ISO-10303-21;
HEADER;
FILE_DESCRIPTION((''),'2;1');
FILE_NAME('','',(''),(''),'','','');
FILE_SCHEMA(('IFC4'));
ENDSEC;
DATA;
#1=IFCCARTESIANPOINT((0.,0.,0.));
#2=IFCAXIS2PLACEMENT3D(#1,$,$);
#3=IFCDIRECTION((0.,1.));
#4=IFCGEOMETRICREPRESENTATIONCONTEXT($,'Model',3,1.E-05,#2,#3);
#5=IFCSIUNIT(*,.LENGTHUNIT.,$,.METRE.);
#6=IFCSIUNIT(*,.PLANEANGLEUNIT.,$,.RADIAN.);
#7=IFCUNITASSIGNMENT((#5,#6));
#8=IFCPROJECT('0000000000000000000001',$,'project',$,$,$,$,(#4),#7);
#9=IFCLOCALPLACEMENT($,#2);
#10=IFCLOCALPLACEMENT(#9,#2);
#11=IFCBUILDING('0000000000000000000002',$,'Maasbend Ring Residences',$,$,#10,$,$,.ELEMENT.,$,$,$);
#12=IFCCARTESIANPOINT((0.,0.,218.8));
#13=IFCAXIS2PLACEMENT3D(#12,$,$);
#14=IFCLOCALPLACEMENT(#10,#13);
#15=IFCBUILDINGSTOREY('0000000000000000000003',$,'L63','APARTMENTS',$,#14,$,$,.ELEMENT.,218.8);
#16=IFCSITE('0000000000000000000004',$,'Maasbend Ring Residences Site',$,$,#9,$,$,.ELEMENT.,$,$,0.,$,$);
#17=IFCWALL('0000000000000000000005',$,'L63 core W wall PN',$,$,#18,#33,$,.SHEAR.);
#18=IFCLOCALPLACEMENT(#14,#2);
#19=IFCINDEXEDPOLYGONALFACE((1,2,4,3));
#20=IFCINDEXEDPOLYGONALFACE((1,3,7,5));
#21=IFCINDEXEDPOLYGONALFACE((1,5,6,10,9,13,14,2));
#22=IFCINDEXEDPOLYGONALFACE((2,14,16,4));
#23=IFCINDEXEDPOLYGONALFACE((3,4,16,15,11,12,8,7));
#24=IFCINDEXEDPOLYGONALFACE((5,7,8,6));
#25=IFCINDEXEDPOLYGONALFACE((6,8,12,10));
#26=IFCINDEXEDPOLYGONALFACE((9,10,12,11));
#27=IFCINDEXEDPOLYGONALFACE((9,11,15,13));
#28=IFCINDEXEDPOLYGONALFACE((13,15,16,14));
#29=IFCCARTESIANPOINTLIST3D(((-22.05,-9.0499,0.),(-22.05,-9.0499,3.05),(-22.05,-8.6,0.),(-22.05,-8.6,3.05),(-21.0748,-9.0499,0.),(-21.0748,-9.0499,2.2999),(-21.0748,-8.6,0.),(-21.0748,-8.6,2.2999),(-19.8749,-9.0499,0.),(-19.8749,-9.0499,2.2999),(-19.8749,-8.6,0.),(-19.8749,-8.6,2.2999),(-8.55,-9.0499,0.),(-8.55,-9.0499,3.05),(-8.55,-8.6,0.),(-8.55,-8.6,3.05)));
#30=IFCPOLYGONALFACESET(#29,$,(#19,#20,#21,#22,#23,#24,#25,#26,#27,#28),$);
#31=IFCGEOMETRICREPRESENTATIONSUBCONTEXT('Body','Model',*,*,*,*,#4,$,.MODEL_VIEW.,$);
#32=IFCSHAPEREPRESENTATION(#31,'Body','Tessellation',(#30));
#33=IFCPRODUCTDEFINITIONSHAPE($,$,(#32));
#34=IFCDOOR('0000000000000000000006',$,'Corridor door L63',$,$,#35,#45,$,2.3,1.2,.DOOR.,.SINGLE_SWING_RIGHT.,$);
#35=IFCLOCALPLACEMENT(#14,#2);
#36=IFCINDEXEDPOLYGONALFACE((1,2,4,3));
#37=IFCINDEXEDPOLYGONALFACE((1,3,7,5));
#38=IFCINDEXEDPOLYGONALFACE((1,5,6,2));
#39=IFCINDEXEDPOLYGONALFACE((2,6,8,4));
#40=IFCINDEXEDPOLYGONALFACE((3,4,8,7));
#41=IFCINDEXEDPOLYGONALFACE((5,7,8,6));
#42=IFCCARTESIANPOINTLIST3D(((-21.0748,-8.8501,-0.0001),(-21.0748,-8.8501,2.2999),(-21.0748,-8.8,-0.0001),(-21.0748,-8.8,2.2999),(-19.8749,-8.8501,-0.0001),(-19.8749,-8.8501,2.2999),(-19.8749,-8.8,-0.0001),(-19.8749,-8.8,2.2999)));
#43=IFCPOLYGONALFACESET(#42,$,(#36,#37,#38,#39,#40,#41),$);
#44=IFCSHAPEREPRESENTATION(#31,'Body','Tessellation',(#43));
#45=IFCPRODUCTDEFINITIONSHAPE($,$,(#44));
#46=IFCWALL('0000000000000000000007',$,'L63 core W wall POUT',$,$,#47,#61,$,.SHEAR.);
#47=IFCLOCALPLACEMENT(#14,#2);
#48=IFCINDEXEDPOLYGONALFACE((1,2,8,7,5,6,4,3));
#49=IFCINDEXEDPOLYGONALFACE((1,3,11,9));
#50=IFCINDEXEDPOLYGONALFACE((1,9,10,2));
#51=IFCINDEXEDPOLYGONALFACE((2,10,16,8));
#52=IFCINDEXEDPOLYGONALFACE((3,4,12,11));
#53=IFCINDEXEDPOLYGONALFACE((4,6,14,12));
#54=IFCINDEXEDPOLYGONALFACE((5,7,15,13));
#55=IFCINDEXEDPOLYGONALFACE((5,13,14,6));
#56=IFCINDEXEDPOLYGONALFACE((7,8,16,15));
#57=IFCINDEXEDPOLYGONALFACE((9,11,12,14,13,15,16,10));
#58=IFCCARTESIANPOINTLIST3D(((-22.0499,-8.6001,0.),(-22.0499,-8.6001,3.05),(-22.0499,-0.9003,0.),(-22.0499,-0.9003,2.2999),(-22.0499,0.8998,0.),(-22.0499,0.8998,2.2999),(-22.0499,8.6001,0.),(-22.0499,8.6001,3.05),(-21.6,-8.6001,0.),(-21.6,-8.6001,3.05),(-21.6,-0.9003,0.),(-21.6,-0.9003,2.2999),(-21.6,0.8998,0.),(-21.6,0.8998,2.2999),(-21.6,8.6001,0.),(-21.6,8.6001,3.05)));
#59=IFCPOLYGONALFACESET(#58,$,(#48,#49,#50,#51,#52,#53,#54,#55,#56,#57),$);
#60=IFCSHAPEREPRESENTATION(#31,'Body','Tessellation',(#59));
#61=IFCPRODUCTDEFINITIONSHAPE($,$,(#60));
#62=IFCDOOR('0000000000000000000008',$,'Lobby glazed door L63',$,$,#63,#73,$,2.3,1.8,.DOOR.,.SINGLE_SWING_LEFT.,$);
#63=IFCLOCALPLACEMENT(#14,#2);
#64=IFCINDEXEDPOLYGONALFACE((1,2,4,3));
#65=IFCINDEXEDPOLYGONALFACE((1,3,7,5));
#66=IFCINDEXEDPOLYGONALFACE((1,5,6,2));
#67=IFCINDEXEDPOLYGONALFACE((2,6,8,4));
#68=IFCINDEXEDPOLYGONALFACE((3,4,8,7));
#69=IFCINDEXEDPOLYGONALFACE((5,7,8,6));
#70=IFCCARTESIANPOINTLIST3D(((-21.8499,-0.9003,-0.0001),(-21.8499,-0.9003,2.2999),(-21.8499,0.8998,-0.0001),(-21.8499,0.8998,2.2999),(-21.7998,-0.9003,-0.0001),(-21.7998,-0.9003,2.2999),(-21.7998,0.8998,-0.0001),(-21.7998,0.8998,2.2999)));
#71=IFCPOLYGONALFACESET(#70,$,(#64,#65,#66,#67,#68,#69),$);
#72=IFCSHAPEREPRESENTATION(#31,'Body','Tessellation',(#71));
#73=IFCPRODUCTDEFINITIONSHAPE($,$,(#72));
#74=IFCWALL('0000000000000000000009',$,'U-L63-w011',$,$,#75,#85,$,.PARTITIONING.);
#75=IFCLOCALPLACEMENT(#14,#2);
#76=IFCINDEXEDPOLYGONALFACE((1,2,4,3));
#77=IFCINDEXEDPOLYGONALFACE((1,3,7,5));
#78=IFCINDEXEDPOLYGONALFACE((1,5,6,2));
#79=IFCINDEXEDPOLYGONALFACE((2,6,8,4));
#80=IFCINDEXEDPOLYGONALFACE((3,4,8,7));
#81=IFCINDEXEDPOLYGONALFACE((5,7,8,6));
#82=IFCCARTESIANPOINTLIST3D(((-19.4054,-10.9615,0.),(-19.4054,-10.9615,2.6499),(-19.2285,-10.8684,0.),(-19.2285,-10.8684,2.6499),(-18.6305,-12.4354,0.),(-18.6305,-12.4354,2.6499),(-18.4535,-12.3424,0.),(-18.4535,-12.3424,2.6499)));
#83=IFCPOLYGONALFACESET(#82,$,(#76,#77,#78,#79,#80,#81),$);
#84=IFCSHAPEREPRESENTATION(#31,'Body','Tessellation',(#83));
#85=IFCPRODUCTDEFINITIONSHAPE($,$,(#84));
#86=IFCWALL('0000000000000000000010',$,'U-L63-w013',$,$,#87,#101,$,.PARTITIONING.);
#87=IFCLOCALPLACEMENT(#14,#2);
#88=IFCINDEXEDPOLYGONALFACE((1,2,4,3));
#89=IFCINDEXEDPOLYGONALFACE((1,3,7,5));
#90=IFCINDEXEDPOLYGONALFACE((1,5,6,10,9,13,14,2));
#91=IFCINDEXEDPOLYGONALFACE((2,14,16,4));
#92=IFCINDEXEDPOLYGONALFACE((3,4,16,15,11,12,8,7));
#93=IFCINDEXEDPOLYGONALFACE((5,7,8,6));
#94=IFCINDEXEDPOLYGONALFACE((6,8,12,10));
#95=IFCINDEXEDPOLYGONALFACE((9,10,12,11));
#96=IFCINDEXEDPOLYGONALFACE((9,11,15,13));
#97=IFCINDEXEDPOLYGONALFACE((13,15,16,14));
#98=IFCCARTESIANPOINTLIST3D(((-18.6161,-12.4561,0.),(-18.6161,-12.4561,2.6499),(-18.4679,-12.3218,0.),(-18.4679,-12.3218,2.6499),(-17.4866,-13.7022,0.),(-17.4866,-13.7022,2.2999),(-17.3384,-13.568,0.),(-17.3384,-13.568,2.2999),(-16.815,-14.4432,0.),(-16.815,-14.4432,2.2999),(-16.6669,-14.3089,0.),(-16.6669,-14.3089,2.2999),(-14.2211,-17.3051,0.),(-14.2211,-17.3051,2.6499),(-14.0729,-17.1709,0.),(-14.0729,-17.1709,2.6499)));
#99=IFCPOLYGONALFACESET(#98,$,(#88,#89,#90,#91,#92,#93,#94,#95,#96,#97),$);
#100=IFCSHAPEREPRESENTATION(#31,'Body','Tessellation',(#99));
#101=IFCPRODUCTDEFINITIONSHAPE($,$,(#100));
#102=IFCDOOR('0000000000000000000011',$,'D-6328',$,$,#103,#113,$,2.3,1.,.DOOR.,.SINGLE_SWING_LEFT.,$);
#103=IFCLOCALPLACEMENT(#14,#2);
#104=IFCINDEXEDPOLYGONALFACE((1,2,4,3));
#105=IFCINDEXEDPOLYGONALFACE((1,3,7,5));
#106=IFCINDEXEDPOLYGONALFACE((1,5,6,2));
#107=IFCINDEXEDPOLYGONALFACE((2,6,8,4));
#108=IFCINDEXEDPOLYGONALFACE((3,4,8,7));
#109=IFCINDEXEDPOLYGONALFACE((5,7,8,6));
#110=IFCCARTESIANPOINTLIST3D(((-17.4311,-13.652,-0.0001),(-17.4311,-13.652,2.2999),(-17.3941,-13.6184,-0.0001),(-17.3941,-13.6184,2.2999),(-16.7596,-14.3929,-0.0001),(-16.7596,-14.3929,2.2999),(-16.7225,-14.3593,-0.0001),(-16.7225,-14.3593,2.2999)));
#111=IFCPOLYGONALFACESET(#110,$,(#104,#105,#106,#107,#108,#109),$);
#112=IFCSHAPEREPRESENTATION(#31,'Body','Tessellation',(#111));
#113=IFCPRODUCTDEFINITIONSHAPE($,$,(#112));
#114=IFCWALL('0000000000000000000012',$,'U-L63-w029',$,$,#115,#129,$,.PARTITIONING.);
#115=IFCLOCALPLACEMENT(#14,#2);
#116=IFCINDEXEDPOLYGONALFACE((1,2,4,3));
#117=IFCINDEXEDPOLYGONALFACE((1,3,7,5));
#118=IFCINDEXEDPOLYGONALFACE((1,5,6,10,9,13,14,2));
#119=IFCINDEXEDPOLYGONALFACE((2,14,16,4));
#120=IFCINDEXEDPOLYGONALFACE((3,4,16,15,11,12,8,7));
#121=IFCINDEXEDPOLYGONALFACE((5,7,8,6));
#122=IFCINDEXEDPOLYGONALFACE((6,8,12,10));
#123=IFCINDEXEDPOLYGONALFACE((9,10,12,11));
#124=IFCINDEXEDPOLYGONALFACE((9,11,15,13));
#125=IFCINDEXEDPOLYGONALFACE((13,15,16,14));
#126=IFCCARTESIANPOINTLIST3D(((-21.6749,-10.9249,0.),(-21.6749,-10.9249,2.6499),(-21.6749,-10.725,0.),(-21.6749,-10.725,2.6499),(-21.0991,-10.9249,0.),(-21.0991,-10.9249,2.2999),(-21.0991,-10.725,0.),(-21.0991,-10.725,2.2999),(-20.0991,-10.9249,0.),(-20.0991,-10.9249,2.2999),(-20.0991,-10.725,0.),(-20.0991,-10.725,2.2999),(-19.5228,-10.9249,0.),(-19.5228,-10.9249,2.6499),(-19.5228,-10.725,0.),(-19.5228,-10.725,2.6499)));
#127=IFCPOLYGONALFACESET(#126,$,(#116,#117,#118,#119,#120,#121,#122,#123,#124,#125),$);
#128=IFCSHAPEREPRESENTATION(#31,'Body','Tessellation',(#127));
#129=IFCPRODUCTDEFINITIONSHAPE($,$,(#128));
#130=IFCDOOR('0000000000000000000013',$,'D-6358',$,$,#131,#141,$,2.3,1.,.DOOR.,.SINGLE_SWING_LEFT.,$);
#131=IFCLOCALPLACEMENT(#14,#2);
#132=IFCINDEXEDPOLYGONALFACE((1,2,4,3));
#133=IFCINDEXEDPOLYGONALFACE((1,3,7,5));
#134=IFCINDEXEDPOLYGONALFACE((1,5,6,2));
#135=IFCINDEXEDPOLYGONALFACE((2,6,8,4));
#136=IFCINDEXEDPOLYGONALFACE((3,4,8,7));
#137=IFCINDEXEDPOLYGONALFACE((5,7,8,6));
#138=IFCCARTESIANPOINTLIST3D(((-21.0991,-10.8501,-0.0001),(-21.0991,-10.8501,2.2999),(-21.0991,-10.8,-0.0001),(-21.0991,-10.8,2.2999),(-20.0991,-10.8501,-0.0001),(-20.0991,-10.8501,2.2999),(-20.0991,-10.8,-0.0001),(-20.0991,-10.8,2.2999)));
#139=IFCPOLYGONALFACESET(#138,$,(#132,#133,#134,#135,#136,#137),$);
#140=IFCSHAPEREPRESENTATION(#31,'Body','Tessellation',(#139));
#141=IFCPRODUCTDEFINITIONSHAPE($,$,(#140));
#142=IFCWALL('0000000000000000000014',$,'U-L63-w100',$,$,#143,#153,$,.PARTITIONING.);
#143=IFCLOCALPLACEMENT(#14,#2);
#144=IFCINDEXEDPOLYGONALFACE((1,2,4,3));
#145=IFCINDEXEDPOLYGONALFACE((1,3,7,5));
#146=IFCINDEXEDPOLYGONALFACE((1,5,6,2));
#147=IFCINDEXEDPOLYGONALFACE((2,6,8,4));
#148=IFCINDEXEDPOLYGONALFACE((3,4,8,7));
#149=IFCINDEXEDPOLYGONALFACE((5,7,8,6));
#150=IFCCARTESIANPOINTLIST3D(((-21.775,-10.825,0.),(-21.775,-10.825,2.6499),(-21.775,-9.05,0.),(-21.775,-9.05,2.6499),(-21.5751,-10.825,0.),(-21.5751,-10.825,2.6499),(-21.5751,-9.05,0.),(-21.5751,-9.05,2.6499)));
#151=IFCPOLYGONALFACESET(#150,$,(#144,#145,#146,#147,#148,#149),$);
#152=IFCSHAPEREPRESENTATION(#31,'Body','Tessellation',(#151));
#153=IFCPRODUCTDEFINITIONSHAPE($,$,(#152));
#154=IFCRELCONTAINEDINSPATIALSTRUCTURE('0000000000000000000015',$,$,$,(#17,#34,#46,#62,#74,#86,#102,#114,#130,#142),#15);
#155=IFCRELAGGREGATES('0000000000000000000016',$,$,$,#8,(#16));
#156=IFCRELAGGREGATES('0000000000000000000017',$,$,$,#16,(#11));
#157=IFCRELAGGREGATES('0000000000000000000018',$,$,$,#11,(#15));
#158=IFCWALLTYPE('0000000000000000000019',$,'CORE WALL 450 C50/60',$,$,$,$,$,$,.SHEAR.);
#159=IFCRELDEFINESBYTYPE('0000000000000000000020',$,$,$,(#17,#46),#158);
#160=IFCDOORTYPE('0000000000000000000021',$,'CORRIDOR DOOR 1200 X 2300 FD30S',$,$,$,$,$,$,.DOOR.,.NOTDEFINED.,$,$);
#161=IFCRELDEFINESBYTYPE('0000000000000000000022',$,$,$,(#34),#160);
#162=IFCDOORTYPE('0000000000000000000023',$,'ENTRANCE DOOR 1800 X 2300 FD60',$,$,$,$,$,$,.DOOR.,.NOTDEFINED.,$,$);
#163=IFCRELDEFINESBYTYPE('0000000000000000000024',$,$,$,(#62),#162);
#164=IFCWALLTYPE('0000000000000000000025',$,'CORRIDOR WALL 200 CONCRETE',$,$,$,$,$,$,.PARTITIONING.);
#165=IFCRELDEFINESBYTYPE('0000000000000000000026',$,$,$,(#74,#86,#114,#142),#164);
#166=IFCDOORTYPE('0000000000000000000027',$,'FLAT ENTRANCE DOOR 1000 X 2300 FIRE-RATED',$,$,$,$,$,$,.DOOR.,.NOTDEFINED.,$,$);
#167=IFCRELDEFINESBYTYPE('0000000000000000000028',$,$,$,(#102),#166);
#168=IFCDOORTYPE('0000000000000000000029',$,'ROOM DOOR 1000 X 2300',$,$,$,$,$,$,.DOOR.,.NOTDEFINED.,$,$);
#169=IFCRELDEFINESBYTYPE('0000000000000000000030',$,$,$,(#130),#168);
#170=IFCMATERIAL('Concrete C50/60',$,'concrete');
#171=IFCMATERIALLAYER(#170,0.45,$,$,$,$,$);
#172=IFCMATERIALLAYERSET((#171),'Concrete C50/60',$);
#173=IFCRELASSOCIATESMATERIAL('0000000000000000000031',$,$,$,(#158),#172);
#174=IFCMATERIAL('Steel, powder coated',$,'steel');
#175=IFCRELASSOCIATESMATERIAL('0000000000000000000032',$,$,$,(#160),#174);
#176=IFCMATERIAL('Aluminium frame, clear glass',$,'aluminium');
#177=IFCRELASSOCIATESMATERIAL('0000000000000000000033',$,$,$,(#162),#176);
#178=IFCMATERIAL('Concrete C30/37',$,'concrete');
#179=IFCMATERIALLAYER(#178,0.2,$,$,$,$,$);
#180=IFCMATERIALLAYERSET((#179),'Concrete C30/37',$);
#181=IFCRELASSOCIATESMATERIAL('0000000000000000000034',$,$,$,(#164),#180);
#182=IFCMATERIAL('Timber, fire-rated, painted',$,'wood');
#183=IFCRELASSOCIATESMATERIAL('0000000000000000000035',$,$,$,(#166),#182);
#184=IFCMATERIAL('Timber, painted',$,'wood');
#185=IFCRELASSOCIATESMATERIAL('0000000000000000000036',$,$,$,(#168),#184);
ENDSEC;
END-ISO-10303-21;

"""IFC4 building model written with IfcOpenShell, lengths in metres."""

from ifc_helpers import new_model, si_unit, direction, frame, frame_2d, origin, place, context, subcontext, project, spatial, rectangle, extrude, material, layer, layer_set, type_object, element, fill, save


model = new_model("IFC4")

# Units and contexts
model_context = context("Model", 3, precision=1e-05, world=origin(), true_north=direction((0.0, 1.0)))
body_context = subcontext(model_context, "Body", "Model", "MODEL_VIEW")
ifc_project = project(units=[si_unit("LENGTHUNIT", "METRE"), si_unit("PLANEANGLEUNIT", "RADIAN")], contexts=[model_context])

# Site, building, storey
site_placement = place(None, origin())
site = spatial("IfcSite", under=ifc_project, at=site_placement, Name="Maasbend Ring Residences Site", CompositionType="ELEMENT", RefElevation=0.0)
building_placement = place(site_placement, origin())
building = spatial("IfcBuilding", under=site, at=building_placement, Name="Maasbend Ring Residences", CompositionType="ELEMENT")
storey_placement = place(building_placement, frame((0.0, 0.0, 218.8)))
storey = spatial("IfcBuildingStorey", under=building, at=storey_placement, Name="L63", Description="APARTMENTS", CompositionType="ELEMENT", Elevation=218.8)

# Walls, openings, doors
ifc_material_1 = material(Name="Concrete C50/60", Category="concrete")
ifc_layer_1 = layer(ifc_material_1, 0.45)
ifc_layer_set_1 = layer_set([ifc_layer_1], Name="Concrete C50/60")
wall_type_1 = type_object("IfcWallType", Name="CORE WALL 450 C50/60", PredefinedType="SHEAR", material=ifc_layer_set_1)
wall_1_placement = place(storey_placement, frame((-22.05, -8.825, 0.0), z_axis=(0.0, 0.0, 1.0), x_axis=(1.0, 0.0, 0.0)))
wall_1 = element("IfcWall", 1, at=wall_1_placement, inside=storey, type_object=wall_type_1, Name="L63 core W wall PN", PredefinedType="SHEAR", context=body_context, shape_type="SweptSolid", body=[
    extrude(rectangle(XDim=13.5, YDim=0.45, at=frame_2d((6.75, 0.0))), origin(), (0.0, 0.0, 1.0), 3.05),
])
opening_1_placement = place(wall_1_placement, frame((0.9751, 0.0, 0.0)))
opening_1 = element("IfcOpeningElement", 2, at=opening_1_placement, cuts=wall_1, PredefinedType="OPENING", context=body_context, shape_type="SweptSolid", body=[
    extrude(rectangle(XDim=1.2, YDim=2.3, at=frame_2d((0.6001, 1.1499))), frame((0.0, 0.2349, 0.0), z_axis=(0.0, -1.0, 0.0), x_axis=(1.0, 0.0, 0.0)), (0.0, 0.0, 1.0), 0.47),
])
ifc_material_2 = material(Name="Steel, powder coated", Category="steel")
door_type_1 = type_object("IfcDoorType", Name="CORRIDOR DOOR 1200 X 2300 FD30S", OperationType="NOTDEFINED", PredefinedType="DOOR", material=ifc_material_2)
door_1_placement = place(opening_1_placement, origin())
door_1 = element("IfcDoor", 3, at=door_1_placement, inside=storey, type_object=door_type_1, Name="Corridor door L63", OperationType="SINGLE_SWING_RIGHT", OverallHeight=2.3, OverallWidth=1.2, PredefinedType="DOOR", context=body_context, shape_type="SweptSolid", body=[
    extrude(rectangle(XDim=1.2, YDim=2.3, at=frame_2d((0.6001, 1.1499))), frame((0.0, 0.0249, 0.0), z_axis=(0.0, -1.0, 0.0), x_axis=(1.0, 0.0, 0.0)), (0.0, 0.0, 1.0), 0.05),
])
fill(opening_1, door_1)
wall_2_placement = place(storey_placement, frame((-21.825, -8.6001, 0.0), z_axis=(0.0, 0.0, 1.0), x_axis=(0.0, 1.0, 0.0)))
wall_2 = element("IfcWall", 4, at=wall_2_placement, inside=storey, type_object=wall_type_1, Name="L63 core W wall POUT", PredefinedType="SHEAR", context=body_context, shape_type="SweptSolid", body=[
    extrude(rectangle(XDim=17.2002, YDim=0.45, at=frame_2d((8.6001, 0.0))), origin(), (0.0, 0.0, 1.0), 3.05),
])
opening_2_placement = place(wall_2_placement, frame((7.7, 0.0, 0.0)))
opening_2 = element("IfcOpeningElement", 5, at=opening_2_placement, cuts=wall_2, PredefinedType="OPENING", context=body_context, shape_type="SweptSolid", body=[
    extrude(rectangle(XDim=1.8, YDim=2.3, at=frame_2d((0.8999, 1.1499))), frame((0.0, 0.2349, 0.0), z_axis=(0.0, -1.0, 0.0), x_axis=(1.0, 0.0, 0.0)), (0.0, 0.0, 1.0), 0.47),
])
ifc_material_3 = material(Name="Aluminium frame, clear glass", Category="aluminium")
door_type_2 = type_object("IfcDoorType", Name="ENTRANCE DOOR 1800 X 2300 FD60", OperationType="NOTDEFINED", PredefinedType="DOOR", material=ifc_material_3)
door_2_placement = place(opening_2_placement, origin())
door_2 = element("IfcDoor", 6, at=door_2_placement, inside=storey, type_object=door_type_2, Name="Lobby glazed door L63", OperationType="SINGLE_SWING_LEFT", OverallHeight=2.3, OverallWidth=1.8, PredefinedType="DOOR", context=body_context, shape_type="SweptSolid", body=[
    extrude(rectangle(XDim=1.8, YDim=2.3, at=frame_2d((0.8999, 1.1499))), frame((0.0, 0.0249, 0.0), z_axis=(0.0, -1.0, 0.0), x_axis=(1.0, 0.0, 0.0)), (0.0, 0.0, 1.0), 0.05),
])
fill(opening_2, door_2)

# Wall
ifc_material_4 = material(Name="Concrete C30/37", Category="concrete")
ifc_layer_2 = layer(ifc_material_4, 0.2)
ifc_layer_set_2 = layer_set([ifc_layer_2], Name="Concrete C30/37")
wall_type_2 = type_object("IfcWallType", Name="CORRIDOR WALL 200 CONCRETE", PredefinedType="PARTITIONING", material=ifc_layer_set_2)
wall_3_placement = place(storey_placement, frame((-19.3169, -10.915, 0.0), z_axis=(0.0, 0.0, 1.0), x_axis=(0.46536, -0.885122, 0.0)))
element("IfcWall", 7, at=wall_3_placement, inside=storey, type_object=wall_type_2, Name="U-L63-w011", PredefinedType="PARTITIONING", context=body_context, shape_type="SweptSolid", body=[
    extrude(rectangle(XDim=1.6653, YDim=0.2, at=frame_2d((0.8325, 0.0))), origin(), (0.0, 0.0, 1.0), 2.6499),
])

# Walls, openings, doors
wall_4_placement = place(storey_placement, frame((-18.542, -12.3889, 0.0), z_axis=(0.0, 0.0, 1.0), x_axis=(0.671562, -0.740949, 0.0)))
wall_4 = element("IfcWall", 8, at=wall_4_placement, inside=storey, type_object=wall_type_2, Name="U-L63-w013", PredefinedType="PARTITIONING", context=body_context, shape_type="SweptSolid", body=[
    extrude(rectangle(XDim=6.5444, YDim=0.2, at=frame_2d((3.2722, 0.0))), origin(), (0.0, 0.0, 1.0), 2.6499),
])
opening_3_placement = place(wall_4_placement, frame((1.6819, 0.0, 0.0)))
opening_3 = element("IfcOpeningElement", 9, at=opening_3_placement, cuts=wall_4, PredefinedType="OPENING", context=body_context, shape_type="SweptSolid", body=[
    extrude(rectangle(XDim=1.0, YDim=2.3, at=frame_2d((0.5, 1.1499))), frame((0.0, 0.1099, 0.0), z_axis=(0.0, -1.0, 0.0), x_axis=(1.0, 0.0, 0.0)), (0.0, 0.0, 1.0), 0.22),
])
ifc_material_5 = material(Name="Timber, fire-rated, painted", Category="wood")
door_type_3 = type_object("IfcDoorType", Name="FLAT ENTRANCE DOOR 1000 X 2300 FIRE-RATED", OperationType="NOTDEFINED", PredefinedType="DOOR", material=ifc_material_5)
door_3_placement = place(opening_3_placement, origin())
door_3 = element("IfcDoor", 10, at=door_3_placement, inside=storey, type_object=door_type_3, Name="D-6328", OperationType="SINGLE_SWING_LEFT", OverallHeight=2.3, OverallWidth=1.0, PredefinedType="DOOR", context=body_context, shape_type="SweptSolid", body=[
    extrude(rectangle(XDim=1.0, YDim=2.3, at=frame_2d((0.5, 1.1499))), frame((0.0, 0.0249, 0.0), z_axis=(0.0, -1.0, 0.0), x_axis=(1.0, 0.0, 0.0)), (0.0, 0.0, 1.0), 0.05),
])
fill(opening_3, door_3)
wall_5_placement = place(storey_placement, frame((-21.675, -10.825, 0.0), z_axis=(0.0, 0.0, 1.0), x_axis=(1.0, 0.0, 0.0)))
wall_5 = element("IfcWall", 11, at=wall_5_placement, inside=storey, type_object=wall_type_2, Name="U-L63-w029", PredefinedType="PARTITIONING", context=body_context, shape_type="SweptSolid", body=[
    extrude(rectangle(XDim=2.1521, YDim=0.2, at=frame_2d((1.0762, 0.0))), origin(), (0.0, 0.0, 1.0), 2.6499),
])
opening_4_placement = place(wall_5_placement, frame((0.5759, 0.0, 0.0)))
opening_4 = element("IfcOpeningElement", 12, at=opening_4_placement, cuts=wall_5, PredefinedType="OPENING", context=body_context, shape_type="SweptSolid", body=[
    extrude(rectangle(XDim=1.0, YDim=2.3, at=frame_2d((0.5, 1.1499))), frame((0.0, 0.1099, 0.0), z_axis=(0.0, -1.0, 0.0), x_axis=(1.0, 0.0, 0.0)), (0.0, 0.0, 1.0), 0.22),
])
ifc_material_6 = material(Name="Timber, painted", Category="wood")
door_type_4 = type_object("IfcDoorType", Name="ROOM DOOR 1000 X 2300", OperationType="NOTDEFINED", PredefinedType="DOOR", material=ifc_material_6)
door_4_placement = place(opening_4_placement, origin())
door_4 = element("IfcDoor", 13, at=door_4_placement, inside=storey, type_object=door_type_4, Name="D-6358", OperationType="SINGLE_SWING_LEFT", OverallHeight=2.3, OverallWidth=1.0, PredefinedType="DOOR", context=body_context, shape_type="SweptSolid", body=[
    extrude(rectangle(XDim=1.0, YDim=2.3, at=frame_2d((0.5, 1.1499))), frame((0.0, 0.0249, 0.0), z_axis=(0.0, -1.0, 0.0), x_axis=(1.0, 0.0, 0.0)), (0.0, 0.0, 1.0), 0.05),
])
fill(opening_4, door_4)

# Wall
wall_6_placement = place(storey_placement, frame((-21.675, -10.825, 0.0), z_axis=(0.0, 0.0, 1.0), x_axis=(0.0, 1.0, 0.0)))
element("IfcWall", 14, at=wall_6_placement, inside=storey, type_object=wall_type_2, Name="U-L63-w100", PredefinedType="PARTITIONING", context=body_context, shape_type="SweptSolid", body=[
    extrude(rectangle(XDim=1.7749, YDim=0.2, at=frame_2d((0.8875, 0.0))), origin(), (0.0, 0.0, 1.0), 2.6499),
])

save(model, "model.ifc")
